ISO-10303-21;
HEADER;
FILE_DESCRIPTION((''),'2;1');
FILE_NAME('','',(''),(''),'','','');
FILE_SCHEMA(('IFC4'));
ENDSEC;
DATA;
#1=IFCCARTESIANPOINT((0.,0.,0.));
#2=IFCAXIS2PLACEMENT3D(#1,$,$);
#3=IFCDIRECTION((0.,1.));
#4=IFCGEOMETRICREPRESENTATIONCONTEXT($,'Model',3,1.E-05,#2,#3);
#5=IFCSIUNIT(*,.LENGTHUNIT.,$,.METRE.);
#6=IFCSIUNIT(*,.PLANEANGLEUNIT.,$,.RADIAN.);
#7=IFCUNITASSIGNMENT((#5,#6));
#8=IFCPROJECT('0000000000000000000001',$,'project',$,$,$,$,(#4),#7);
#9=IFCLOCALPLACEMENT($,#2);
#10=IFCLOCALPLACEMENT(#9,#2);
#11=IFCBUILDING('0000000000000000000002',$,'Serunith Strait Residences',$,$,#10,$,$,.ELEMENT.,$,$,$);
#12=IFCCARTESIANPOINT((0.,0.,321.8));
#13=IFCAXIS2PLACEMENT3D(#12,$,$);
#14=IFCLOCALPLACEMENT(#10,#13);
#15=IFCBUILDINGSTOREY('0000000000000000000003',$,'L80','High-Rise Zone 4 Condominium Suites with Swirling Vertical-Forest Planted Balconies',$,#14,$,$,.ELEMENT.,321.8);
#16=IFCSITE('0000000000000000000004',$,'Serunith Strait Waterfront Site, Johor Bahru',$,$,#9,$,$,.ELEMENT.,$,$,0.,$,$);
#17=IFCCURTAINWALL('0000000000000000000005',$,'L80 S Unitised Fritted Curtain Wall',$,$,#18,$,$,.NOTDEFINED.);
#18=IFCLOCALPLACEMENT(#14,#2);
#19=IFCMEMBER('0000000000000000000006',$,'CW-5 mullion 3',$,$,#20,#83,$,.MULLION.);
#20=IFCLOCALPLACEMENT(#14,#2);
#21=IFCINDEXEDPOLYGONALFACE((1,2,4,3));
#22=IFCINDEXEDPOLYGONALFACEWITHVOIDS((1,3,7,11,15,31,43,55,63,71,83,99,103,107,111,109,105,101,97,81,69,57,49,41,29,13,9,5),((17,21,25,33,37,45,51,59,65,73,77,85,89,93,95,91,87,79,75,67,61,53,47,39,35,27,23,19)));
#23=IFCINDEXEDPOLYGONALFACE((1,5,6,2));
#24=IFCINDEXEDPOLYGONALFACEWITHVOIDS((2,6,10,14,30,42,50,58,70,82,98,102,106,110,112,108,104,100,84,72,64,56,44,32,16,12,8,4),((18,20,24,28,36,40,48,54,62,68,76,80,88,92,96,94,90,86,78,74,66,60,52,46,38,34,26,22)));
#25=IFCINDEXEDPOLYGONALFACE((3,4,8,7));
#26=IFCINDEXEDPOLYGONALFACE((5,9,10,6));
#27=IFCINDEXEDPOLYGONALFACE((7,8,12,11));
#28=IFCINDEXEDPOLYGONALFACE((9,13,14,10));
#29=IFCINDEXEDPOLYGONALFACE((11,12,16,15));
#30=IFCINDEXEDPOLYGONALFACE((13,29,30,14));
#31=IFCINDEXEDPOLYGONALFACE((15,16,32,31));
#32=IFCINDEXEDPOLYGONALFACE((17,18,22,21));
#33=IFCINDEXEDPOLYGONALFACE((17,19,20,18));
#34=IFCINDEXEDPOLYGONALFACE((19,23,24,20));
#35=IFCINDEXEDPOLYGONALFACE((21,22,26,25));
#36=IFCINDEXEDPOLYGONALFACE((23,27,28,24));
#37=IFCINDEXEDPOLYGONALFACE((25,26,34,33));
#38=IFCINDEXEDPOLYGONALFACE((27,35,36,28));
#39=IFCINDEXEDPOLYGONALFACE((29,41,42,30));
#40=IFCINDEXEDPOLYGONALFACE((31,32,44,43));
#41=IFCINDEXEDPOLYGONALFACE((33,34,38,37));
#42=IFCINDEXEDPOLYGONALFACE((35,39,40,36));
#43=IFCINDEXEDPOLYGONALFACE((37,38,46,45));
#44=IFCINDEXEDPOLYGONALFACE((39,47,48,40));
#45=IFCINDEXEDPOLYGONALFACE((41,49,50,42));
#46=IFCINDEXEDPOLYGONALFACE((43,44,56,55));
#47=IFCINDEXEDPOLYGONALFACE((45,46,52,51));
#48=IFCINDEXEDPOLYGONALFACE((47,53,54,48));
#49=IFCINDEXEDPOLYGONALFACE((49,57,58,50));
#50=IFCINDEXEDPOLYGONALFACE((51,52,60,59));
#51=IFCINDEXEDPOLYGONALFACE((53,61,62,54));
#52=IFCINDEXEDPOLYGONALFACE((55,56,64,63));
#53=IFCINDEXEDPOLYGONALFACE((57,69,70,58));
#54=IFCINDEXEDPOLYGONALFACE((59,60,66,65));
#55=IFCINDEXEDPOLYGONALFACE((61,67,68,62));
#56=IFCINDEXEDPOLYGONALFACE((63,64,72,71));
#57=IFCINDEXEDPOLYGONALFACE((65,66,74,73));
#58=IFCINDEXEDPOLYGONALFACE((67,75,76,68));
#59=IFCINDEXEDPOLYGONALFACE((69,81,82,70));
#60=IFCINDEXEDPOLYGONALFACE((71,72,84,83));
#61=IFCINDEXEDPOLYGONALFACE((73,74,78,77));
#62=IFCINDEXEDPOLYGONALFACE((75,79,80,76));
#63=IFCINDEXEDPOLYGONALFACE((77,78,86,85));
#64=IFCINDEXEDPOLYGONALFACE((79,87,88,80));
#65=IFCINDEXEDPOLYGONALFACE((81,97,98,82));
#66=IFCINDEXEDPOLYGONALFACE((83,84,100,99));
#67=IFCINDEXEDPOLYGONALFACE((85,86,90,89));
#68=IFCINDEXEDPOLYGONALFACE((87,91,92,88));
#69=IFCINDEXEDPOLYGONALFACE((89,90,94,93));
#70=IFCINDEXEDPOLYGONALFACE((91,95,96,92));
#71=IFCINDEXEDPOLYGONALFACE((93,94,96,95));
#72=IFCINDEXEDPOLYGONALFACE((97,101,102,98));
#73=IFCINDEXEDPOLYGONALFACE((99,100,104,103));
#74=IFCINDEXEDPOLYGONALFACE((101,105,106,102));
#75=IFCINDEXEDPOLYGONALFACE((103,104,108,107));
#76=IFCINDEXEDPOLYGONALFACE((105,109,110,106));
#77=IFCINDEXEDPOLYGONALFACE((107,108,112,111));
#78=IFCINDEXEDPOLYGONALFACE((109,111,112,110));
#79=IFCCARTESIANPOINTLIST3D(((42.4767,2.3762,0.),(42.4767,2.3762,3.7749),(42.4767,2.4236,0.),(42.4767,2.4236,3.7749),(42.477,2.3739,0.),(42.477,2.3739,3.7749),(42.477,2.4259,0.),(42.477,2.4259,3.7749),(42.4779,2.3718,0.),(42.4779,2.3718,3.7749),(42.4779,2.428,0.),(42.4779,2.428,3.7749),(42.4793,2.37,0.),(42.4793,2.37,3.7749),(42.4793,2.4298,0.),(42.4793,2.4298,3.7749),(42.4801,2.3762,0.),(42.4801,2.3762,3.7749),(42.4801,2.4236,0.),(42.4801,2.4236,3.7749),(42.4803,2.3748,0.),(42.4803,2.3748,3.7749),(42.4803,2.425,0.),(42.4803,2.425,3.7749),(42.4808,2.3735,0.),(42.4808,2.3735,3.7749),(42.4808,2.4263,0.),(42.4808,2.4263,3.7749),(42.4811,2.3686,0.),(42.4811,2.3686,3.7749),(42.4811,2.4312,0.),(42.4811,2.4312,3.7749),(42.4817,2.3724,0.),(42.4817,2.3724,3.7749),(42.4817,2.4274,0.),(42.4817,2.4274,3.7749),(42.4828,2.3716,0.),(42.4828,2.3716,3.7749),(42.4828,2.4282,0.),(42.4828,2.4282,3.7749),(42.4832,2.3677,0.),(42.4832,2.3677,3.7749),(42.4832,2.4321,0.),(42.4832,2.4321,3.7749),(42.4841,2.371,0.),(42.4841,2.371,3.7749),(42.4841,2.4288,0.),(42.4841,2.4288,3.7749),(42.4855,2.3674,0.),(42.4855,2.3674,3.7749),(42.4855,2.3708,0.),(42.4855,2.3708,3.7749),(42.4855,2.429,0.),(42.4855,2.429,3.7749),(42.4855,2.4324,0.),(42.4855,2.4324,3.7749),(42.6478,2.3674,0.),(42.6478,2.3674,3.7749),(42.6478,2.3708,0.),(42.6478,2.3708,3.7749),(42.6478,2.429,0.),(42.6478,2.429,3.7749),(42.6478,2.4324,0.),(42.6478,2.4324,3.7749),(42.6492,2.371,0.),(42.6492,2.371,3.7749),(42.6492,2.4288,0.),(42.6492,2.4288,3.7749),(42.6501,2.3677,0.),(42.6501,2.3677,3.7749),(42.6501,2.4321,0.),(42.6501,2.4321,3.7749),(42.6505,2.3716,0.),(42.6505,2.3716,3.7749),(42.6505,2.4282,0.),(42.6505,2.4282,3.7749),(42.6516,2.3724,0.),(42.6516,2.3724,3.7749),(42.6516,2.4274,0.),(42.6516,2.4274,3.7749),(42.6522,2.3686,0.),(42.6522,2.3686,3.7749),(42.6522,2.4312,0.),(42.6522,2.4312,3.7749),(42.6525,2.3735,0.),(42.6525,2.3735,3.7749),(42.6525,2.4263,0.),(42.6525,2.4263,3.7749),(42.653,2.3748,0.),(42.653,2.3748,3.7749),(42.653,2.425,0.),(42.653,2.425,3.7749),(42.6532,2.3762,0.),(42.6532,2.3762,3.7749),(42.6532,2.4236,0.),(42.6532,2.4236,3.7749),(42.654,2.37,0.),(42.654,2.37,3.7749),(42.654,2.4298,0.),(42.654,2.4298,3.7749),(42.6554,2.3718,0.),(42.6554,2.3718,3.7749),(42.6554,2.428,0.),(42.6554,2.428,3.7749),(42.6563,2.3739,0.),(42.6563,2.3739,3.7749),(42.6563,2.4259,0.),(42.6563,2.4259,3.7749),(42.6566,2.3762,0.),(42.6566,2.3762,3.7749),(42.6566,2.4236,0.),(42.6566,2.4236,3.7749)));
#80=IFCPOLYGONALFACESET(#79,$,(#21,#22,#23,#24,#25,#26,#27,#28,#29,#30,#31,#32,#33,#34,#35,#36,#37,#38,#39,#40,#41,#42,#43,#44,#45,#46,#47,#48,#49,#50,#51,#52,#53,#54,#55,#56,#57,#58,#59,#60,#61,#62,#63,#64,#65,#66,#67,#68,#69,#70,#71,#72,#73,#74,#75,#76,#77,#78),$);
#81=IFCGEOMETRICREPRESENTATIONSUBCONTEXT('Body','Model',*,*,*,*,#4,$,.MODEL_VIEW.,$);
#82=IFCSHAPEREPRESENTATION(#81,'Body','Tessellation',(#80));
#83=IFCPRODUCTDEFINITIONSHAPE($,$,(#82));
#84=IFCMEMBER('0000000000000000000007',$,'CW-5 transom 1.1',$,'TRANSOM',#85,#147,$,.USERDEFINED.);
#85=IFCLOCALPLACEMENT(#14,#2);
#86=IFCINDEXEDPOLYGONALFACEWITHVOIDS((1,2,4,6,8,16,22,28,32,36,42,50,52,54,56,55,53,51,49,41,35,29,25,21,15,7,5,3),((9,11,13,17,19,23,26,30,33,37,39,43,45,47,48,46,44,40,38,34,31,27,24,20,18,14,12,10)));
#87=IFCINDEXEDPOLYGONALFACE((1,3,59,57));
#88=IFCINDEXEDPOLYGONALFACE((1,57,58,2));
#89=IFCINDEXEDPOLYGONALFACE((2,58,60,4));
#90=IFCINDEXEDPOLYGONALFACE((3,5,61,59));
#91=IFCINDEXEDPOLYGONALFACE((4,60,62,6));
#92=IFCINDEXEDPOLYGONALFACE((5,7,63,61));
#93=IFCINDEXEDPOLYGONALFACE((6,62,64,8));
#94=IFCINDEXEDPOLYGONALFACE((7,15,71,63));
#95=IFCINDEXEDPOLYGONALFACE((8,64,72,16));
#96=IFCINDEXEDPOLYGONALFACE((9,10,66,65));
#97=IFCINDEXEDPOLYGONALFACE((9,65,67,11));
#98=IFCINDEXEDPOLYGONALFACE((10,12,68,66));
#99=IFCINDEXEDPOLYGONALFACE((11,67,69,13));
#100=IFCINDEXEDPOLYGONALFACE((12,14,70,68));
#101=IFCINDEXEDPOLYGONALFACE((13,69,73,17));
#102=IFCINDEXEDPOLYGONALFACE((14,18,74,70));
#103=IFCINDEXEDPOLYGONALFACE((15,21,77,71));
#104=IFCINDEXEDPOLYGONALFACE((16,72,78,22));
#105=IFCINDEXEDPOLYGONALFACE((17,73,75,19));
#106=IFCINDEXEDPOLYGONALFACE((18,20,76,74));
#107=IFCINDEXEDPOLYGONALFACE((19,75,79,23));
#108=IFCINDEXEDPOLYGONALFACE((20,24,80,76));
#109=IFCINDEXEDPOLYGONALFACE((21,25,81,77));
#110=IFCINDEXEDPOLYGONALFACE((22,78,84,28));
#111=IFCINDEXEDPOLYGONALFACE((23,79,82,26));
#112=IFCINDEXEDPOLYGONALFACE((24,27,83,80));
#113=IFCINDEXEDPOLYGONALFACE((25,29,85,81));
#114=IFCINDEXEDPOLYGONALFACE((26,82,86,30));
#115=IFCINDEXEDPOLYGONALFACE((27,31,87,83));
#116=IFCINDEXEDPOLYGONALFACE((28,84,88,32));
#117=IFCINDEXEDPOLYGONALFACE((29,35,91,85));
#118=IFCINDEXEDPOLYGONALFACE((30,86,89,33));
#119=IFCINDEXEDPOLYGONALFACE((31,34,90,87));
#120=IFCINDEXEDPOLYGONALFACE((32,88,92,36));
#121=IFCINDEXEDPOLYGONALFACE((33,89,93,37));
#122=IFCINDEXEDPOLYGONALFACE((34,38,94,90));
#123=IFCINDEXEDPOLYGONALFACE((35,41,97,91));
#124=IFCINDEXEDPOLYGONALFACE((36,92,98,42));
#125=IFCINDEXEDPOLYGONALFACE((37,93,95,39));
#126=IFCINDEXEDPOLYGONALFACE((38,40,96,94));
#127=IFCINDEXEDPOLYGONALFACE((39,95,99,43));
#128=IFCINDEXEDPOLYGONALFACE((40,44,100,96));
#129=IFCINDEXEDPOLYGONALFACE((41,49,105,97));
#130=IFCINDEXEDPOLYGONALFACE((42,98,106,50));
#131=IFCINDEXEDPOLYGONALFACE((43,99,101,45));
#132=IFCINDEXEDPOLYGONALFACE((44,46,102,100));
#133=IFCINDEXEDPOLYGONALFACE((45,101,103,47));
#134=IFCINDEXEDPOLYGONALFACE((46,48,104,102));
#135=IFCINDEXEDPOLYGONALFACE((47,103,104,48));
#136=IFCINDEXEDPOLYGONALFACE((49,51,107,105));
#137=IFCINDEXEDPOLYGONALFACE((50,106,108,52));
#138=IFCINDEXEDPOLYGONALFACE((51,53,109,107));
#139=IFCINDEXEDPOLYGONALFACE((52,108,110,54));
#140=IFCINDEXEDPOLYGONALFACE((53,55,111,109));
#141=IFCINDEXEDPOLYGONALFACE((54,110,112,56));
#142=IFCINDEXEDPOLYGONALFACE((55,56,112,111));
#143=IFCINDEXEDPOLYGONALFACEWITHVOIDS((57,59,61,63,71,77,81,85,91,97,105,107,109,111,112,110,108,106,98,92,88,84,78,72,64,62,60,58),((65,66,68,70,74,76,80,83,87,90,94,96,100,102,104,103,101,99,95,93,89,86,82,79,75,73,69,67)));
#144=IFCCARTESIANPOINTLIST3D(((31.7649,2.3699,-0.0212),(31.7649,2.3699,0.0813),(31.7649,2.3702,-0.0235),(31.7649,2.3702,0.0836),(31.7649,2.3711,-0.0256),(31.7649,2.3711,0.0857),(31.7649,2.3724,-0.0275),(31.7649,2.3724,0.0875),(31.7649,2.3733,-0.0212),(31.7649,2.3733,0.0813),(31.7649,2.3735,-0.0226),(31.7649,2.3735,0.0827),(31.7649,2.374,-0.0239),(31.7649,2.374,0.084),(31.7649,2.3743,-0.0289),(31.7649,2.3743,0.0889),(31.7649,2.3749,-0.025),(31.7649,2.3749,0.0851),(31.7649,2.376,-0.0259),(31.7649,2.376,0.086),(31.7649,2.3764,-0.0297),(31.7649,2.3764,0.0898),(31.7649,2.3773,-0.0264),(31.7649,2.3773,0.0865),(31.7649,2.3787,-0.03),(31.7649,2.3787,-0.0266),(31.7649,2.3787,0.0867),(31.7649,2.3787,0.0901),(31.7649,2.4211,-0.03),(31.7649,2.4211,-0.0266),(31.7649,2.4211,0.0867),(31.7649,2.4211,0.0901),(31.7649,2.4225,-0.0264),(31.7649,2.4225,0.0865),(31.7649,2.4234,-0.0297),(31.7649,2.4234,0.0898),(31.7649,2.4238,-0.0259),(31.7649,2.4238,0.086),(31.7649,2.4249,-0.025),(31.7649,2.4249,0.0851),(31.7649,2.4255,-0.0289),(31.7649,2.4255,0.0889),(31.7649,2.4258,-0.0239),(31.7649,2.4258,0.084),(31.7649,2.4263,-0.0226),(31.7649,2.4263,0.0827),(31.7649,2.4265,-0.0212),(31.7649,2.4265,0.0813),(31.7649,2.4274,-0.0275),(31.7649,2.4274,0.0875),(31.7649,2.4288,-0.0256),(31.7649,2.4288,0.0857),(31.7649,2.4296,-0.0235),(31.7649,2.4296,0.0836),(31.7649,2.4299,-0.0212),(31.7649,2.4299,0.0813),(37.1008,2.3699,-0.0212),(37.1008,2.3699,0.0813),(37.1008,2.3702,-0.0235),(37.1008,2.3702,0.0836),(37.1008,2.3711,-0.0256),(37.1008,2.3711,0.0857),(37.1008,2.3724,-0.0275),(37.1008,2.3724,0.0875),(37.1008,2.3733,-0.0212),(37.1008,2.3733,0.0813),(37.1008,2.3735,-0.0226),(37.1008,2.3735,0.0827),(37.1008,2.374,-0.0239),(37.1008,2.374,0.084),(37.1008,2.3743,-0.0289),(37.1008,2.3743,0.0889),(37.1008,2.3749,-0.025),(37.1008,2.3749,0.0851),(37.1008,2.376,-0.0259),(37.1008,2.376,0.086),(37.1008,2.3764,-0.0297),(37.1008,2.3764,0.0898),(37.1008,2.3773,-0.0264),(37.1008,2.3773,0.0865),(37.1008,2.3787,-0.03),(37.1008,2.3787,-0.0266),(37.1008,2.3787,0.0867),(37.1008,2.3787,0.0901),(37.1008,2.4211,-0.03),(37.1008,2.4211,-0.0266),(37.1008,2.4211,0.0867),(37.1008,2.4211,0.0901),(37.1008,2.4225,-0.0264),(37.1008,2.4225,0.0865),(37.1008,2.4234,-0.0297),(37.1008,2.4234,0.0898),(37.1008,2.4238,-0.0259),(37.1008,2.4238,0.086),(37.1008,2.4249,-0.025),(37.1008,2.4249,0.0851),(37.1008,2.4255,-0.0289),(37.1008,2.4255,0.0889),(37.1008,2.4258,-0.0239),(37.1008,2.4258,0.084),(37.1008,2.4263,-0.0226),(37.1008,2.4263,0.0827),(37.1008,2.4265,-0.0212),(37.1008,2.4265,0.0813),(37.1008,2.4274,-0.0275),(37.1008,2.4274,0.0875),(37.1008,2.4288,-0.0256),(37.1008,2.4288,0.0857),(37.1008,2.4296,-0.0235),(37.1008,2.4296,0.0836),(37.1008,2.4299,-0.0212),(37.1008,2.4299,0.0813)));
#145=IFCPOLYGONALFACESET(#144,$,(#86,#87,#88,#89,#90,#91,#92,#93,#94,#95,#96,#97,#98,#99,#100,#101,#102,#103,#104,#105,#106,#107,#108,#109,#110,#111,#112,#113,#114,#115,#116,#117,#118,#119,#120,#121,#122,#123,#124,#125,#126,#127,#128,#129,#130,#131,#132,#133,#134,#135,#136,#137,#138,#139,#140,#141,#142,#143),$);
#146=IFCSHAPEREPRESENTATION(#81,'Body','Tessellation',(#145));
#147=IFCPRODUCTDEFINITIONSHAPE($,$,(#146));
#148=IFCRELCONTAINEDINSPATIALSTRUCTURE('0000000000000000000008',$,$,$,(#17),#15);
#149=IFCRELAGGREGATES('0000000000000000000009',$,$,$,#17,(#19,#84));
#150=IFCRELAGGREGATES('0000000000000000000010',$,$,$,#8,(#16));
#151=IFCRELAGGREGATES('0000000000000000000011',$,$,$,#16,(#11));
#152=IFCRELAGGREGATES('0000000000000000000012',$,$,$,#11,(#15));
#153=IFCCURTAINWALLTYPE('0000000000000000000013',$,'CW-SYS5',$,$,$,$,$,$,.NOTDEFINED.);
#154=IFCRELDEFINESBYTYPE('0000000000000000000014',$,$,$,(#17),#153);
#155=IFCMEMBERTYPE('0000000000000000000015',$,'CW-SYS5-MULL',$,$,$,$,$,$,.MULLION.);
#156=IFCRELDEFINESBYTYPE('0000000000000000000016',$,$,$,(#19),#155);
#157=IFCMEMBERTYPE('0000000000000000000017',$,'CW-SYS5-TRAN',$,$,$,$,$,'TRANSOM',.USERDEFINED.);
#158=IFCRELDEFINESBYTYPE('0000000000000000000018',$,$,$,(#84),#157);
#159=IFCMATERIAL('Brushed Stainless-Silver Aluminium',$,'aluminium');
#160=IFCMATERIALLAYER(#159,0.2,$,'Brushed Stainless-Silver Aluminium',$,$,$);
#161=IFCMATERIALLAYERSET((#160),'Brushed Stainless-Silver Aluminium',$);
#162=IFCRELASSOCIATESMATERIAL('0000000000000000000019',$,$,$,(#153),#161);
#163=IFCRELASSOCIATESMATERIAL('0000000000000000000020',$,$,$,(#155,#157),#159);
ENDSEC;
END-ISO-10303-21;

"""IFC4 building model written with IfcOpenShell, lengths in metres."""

from ifc_helpers import new_model, si_unit, direction, frame, origin, origin_2d, place, context, subcontext, project, spatial, hollow_rectangle, extrude, source, transform, mapped, material, layer, layer_set, material_profile, profile_set, type_object, element, aggregate, save


model = new_model("IFC4")

# Units and contexts
model_context = context("Model", 3, precision=1e-05, world=origin(), true_north=direction((0.0, 1.0)))
body_context = subcontext(model_context, "Body", "Model", "MODEL_VIEW")
ifc_project = project(units=[si_unit("LENGTHUNIT", "METRE"), si_unit("PLANEANGLEUNIT", "RADIAN")], contexts=[model_context])

# Site, building, storey
site_placement = place(None, origin())
site = spatial("IfcSite", under=ifc_project, at=site_placement, Name="Serunith Strait Waterfront Site, Johor Bahru", CompositionType="ELEMENT", RefElevation=0.0)
building_placement = place(site_placement, origin())
building = spatial("IfcBuilding", under=site, at=building_placement, Name="Serunith Strait Residences", CompositionType="ELEMENT")
storey_placement = place(building_placement, frame((0.0, 0.0, 321.8)))
storey = spatial("IfcBuildingStorey", under=building, at=storey_placement, Name="L80", Description="High-Rise Zone 4 Condominium Suites with Swirling Vertical-Forest Planted Balconies", CompositionType="ELEMENT", Elevation=321.8)

# Curtain wall, members
ifc_material_1 = material(Name="Brushed Stainless-Silver Aluminium", Category="aluminium")
ifc_layer_1 = layer(ifc_material_1, 0.2, Name="Brushed Stainless-Silver Aluminium")
ifc_layer_set_1 = layer_set([ifc_layer_1], Name="Brushed Stainless-Silver Aluminium")
curtain_wall_type = type_object("IfcCurtainWallType", Name="CW-SYS5", PredefinedType="NOTDEFINED", material=ifc_layer_set_1)
curtain_wall_placement = place(storey_placement, origin())
curtain_wall = element("IfcCurtainWall", 1, at=curtain_wall_placement, inside=storey, type_object=curtain_wall_type, Name="L80 S Unitised Fritted Curtain Wall", PredefinedType="NOTDEFINED")
ifc_material_profile_1 = material_profile(ifc_material_1, hollow_rectangle(XDim=0.0649, YDim=0.1799, WallThickness=0.0034, InnerFilletRadius=0.0054, OuterFilletRadius=0.0088, at=origin_2d()), Name="ALU 180x65x3.5")
ifc_profile_set_1 = profile_set([ifc_material_profile_1], Name="Brushed Stainless-Silver Aluminium")
member_type_1 = type_object("IfcMemberType", Name="CW-SYS5-MULL", PredefinedType="MULLION", material=ifc_profile_set_1)
shared_shape_1 = source(origin(), body_context, "Body", "SweptSolid", [
    extrude(hollow_rectangle(XDim=0.0649, YDim=0.1799, WallThickness=0.0034, InnerFilletRadius=0.0054, OuterFilletRadius=0.0088, at=origin_2d()), origin(), (0.0, 0.0, 1.0), 3.7749),
])
member_1_placement = place(storey_placement, frame((42.5667, 2.3999, 0.0), z_axis=(0.0, 0.0, 1.0), x_axis=(0.0, 1.0, 0.0)))
member_1 = element("IfcMember", 2, at=member_1_placement, type_object=member_type_1, Name="CW-5 mullion 3", PredefinedType="MULLION", context=body_context, shape_type="MappedRepresentation", body=[
    mapped(shared_shape_1, transform((0.0, 0.0, 0.0), scale=1.0)),
])
ifc_material_profile_2 = material_profile(ifc_material_1, hollow_rectangle(XDim=0.0601, YDim=0.1201, WallThickness=0.0034, InnerFilletRadius=0.0054, OuterFilletRadius=0.0088, at=origin_2d()), Name="ALU 120x60x3.5")
ifc_profile_set_2 = profile_set([ifc_material_profile_2], Name="Brushed Stainless-Silver Aluminium")
member_type_2 = type_object("IfcMemberType", Name="CW-SYS5-TRAN", ElementType="TRANSOM", PredefinedType="USERDEFINED", material=ifc_profile_set_2)
shared_shape_2 = source(origin(), body_context, "Body", "SweptSolid", [
    extrude(hollow_rectangle(XDim=0.0601, YDim=0.1201, WallThickness=0.0034, InnerFilletRadius=0.0054, OuterFilletRadius=0.0088, at=origin_2d()), origin(), (0.0, 0.0, 1.0), 5.3359),
])
member_2_placement = place(storey_placement, frame((31.7649, 2.3999, 0.03), z_axis=(1.0, 0.0, 0.0), x_axis=(0.0, 1.0, 0.0)))
member_2 = element("IfcMember", 3, at=member_2_placement, type_object=member_type_2, Name="CW-5 transom 1.1", ObjectType="TRANSOM", PredefinedType="USERDEFINED", context=body_context, shape_type="MappedRepresentation", body=[
    mapped(shared_shape_2, transform((0.0, 0.0, 0.0), scale=1.0)),
])
aggregate(curtain_wall, [member_1, member_2])

save(model, "model.ifc")
